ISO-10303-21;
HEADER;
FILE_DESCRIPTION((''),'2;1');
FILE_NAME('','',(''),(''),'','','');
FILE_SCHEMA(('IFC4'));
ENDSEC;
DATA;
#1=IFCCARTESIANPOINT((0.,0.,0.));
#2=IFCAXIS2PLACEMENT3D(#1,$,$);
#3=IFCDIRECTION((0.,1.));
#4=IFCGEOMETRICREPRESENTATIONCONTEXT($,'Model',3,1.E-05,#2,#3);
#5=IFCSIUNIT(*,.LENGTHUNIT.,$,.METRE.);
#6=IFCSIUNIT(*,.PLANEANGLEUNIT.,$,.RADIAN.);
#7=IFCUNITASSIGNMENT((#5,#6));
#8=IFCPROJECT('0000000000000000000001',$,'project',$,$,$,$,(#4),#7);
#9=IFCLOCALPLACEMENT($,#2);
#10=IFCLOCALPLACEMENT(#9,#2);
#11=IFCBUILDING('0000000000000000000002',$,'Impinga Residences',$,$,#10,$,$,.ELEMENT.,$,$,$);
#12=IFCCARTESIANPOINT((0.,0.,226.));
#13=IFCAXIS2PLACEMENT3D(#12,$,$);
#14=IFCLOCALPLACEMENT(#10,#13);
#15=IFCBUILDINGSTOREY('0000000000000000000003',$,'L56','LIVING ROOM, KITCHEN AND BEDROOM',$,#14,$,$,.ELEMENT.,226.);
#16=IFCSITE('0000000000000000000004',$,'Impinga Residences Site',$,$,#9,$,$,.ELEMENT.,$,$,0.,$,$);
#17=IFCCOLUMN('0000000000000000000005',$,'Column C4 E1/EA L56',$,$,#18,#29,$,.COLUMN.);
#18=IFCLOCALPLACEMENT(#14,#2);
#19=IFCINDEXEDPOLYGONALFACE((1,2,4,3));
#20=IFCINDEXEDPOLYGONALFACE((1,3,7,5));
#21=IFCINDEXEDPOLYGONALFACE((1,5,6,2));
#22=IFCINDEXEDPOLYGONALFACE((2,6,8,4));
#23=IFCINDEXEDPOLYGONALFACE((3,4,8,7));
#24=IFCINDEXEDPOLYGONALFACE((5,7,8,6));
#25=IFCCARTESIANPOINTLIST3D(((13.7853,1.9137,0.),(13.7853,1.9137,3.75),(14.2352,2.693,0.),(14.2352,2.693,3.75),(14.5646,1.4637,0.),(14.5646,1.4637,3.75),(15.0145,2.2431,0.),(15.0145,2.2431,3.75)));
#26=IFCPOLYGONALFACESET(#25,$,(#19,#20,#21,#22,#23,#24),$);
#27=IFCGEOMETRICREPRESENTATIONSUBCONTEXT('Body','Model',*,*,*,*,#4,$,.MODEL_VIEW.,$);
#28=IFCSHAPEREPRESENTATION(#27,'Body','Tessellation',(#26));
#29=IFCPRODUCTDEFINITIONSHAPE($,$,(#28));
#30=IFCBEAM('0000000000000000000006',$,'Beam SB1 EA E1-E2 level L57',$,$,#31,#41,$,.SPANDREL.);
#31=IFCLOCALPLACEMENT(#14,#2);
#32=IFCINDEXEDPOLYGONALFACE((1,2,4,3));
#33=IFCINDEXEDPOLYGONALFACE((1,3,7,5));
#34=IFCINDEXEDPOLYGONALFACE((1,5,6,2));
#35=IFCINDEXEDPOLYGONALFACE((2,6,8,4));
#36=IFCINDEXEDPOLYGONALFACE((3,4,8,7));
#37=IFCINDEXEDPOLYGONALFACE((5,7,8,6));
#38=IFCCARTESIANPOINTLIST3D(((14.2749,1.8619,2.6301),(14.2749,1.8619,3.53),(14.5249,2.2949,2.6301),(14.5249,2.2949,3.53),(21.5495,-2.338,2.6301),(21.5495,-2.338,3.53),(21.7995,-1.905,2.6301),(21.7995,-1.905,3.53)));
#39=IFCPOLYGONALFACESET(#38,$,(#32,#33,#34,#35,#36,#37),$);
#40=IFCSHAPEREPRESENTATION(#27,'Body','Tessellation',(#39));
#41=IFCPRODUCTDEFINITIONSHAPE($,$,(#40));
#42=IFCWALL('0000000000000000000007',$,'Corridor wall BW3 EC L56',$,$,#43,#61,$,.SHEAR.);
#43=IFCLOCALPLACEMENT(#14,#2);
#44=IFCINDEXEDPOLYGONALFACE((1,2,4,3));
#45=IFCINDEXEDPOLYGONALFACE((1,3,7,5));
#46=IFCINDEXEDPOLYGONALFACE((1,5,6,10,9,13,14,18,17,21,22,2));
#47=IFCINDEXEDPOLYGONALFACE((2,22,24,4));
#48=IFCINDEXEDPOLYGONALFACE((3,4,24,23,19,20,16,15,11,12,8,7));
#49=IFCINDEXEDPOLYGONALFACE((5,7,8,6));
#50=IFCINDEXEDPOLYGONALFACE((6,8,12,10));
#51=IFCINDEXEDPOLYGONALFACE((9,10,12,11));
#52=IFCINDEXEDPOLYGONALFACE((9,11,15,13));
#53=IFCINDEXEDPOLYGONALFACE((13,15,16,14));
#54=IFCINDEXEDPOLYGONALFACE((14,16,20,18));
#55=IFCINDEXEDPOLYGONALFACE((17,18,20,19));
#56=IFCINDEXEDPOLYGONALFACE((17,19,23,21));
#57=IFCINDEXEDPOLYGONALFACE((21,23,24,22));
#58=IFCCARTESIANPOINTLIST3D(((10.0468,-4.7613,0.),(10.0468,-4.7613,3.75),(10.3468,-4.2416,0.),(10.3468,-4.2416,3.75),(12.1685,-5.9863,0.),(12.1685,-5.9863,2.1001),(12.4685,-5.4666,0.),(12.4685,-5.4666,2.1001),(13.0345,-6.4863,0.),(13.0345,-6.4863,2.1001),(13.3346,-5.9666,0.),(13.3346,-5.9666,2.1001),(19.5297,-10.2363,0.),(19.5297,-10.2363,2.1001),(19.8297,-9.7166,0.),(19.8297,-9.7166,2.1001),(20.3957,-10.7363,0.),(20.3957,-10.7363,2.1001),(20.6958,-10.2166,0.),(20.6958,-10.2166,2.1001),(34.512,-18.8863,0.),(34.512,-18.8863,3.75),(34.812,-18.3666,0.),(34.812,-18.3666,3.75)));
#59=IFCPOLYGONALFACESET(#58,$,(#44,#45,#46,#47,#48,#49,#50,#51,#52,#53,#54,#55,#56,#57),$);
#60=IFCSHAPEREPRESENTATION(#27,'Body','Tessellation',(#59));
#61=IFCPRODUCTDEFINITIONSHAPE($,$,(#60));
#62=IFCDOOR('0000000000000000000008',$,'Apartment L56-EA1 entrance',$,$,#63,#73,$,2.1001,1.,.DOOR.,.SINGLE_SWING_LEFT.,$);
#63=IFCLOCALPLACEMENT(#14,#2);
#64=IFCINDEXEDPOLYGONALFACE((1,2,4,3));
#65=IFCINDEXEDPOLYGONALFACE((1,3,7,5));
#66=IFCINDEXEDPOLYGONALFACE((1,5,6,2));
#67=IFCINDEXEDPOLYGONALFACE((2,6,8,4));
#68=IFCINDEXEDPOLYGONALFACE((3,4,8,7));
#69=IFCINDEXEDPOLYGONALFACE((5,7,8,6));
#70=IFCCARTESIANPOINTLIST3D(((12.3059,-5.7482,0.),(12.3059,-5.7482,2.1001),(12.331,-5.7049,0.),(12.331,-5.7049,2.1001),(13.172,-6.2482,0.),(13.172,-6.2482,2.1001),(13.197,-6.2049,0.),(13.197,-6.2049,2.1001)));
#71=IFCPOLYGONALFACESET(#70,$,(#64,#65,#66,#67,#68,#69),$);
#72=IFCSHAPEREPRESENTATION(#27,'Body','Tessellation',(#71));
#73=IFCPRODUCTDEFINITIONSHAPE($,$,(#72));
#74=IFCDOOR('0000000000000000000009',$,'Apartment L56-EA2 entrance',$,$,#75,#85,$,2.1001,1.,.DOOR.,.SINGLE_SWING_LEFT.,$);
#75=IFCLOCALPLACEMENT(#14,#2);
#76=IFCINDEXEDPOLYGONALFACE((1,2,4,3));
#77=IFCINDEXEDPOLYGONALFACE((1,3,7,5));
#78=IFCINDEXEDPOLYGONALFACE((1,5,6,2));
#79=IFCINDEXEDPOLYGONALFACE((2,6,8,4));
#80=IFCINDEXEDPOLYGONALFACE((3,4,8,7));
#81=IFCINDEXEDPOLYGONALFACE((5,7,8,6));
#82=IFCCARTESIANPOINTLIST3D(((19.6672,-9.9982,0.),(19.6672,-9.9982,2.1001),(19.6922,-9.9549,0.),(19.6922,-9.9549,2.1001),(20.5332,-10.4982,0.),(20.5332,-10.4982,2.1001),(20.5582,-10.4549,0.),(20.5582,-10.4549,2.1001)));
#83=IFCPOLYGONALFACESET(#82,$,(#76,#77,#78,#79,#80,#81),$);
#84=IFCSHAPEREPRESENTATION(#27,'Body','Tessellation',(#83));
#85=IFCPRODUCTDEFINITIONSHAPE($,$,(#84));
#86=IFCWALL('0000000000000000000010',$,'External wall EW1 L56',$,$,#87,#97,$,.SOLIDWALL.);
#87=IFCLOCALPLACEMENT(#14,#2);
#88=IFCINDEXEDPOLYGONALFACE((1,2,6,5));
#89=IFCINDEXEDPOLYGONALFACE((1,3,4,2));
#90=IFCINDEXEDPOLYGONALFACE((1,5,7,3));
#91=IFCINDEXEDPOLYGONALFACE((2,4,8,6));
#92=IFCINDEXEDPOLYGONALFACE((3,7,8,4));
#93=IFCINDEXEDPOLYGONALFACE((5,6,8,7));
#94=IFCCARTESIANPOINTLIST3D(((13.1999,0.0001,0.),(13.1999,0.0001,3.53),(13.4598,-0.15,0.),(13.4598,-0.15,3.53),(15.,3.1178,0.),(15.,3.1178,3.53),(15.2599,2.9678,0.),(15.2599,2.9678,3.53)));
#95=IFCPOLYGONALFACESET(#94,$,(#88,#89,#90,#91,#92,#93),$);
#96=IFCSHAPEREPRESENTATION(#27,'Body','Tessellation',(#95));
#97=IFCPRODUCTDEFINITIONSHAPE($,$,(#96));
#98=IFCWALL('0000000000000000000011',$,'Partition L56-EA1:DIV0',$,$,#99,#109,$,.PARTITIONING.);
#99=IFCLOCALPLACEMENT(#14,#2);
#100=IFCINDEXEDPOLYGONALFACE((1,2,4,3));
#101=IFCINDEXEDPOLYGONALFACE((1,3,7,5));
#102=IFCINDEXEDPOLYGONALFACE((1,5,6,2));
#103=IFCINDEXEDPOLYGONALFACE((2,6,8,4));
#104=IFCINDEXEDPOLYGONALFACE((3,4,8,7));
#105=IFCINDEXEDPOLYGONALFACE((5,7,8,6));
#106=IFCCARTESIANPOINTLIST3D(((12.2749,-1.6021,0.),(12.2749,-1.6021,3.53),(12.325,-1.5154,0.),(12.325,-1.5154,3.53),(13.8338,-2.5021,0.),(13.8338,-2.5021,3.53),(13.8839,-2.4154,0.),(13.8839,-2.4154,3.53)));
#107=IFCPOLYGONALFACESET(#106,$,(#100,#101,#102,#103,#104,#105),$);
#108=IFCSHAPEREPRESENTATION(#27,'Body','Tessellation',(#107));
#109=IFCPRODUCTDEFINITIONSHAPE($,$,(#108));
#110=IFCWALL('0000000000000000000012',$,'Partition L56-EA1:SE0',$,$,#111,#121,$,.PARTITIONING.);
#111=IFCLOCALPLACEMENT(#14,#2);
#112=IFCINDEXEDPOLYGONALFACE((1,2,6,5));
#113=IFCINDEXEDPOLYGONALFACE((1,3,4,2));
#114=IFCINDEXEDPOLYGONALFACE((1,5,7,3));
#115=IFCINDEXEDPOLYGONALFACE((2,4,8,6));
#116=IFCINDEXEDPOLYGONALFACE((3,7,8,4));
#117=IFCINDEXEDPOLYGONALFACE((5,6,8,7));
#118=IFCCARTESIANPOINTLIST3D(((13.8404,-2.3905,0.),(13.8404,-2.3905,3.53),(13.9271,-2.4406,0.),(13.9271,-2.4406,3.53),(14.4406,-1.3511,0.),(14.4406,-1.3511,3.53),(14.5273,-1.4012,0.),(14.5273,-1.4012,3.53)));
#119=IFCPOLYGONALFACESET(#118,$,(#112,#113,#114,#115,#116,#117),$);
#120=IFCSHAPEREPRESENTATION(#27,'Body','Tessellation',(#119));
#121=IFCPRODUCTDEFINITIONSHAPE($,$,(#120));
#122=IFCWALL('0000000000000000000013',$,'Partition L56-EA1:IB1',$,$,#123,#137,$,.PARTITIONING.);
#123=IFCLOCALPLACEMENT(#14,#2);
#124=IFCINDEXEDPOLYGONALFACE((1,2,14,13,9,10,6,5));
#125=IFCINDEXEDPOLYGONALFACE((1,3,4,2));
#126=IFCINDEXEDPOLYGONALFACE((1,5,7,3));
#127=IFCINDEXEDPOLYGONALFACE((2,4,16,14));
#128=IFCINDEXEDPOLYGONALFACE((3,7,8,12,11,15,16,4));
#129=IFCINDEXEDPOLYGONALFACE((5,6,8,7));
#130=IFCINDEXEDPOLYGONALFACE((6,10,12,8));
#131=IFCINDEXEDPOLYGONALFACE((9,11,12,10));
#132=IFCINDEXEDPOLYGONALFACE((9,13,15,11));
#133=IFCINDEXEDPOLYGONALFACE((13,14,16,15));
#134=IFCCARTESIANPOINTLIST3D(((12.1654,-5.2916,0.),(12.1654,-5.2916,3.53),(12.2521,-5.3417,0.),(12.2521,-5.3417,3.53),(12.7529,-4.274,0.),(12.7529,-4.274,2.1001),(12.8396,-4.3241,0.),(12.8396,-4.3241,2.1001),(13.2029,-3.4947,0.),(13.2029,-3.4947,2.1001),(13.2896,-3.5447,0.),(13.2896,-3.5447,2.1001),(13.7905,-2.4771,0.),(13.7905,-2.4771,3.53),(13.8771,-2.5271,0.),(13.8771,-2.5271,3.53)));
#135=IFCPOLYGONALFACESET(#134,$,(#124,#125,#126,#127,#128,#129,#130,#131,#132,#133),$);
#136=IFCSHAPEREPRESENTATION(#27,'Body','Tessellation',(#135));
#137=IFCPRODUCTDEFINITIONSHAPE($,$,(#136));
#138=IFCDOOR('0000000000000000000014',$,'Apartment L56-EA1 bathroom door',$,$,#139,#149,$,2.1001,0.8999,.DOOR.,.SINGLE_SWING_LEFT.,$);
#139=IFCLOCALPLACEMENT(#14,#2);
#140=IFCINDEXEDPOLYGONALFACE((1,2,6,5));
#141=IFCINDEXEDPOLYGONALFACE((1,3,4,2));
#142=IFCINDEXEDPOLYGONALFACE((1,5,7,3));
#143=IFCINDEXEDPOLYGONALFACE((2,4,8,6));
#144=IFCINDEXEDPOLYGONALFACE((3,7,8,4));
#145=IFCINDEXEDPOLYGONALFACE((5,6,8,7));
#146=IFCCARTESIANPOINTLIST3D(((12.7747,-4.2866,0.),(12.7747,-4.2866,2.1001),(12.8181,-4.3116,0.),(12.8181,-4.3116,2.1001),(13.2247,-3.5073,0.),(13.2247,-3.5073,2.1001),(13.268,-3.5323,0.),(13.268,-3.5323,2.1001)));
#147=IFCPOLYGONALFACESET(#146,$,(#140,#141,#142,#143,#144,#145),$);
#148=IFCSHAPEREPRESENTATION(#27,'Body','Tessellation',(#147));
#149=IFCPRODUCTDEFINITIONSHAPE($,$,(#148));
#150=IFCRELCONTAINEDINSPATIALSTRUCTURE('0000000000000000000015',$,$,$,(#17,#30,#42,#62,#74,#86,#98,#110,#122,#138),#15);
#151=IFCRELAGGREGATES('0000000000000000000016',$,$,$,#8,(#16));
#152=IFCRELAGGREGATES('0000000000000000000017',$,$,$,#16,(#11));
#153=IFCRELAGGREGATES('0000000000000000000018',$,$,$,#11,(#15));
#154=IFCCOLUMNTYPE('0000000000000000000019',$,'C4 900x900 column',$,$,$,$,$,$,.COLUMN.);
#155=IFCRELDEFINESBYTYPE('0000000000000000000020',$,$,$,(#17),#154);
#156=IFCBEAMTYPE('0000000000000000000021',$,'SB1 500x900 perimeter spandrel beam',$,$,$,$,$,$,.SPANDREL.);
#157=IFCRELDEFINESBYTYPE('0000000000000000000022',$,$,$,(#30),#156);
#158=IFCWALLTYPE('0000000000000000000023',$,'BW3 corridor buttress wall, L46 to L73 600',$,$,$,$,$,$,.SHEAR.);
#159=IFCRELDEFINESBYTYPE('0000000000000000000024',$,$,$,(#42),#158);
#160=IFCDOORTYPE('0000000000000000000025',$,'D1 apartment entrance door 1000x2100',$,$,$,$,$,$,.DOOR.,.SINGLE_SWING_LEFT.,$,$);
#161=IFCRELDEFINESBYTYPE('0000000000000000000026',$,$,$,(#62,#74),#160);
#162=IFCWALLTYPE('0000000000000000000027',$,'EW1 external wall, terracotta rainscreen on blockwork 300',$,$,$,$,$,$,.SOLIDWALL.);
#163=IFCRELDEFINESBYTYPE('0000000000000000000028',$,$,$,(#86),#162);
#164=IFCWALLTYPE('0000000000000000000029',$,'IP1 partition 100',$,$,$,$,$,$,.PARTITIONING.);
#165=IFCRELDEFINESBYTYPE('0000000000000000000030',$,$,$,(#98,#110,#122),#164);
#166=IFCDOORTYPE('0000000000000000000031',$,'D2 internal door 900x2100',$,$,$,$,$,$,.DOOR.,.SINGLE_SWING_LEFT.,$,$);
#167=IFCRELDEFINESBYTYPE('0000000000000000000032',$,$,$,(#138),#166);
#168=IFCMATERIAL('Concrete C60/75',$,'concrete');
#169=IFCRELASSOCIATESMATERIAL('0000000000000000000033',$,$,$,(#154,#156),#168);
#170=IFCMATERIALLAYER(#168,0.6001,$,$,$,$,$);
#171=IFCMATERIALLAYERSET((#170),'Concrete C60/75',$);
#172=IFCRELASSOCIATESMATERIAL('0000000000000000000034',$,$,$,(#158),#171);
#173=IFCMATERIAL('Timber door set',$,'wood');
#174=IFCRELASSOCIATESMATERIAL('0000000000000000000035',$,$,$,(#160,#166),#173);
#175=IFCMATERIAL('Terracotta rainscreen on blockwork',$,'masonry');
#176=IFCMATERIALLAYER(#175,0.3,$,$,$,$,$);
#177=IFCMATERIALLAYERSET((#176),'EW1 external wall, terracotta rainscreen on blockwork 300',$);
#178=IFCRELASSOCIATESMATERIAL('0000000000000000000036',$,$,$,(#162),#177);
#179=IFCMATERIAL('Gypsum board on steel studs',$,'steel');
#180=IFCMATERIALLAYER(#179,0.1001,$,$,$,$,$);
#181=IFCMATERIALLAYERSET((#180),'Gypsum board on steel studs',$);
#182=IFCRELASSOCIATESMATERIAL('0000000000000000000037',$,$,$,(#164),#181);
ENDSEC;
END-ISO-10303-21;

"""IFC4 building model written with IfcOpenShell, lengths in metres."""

from ifc_helpers import new_model, si_unit, direction, frame, frame_2d, origin, origin_2d, place, context, subcontext, project, spatial, rectangle, extrude, material, layer, layer_set, material_profile, profile_set, type_object, element, fill, save


model = new_model("IFC4")

# Units and contexts
model_context = context("Model", 3, precision=1e-05, world=origin(), true_north=direction((0.0, 1.0)))
body_context = subcontext(model_context, "Body", "Model", "MODEL_VIEW")
ifc_project = project(units=[si_unit("LENGTHUNIT", "METRE"), si_unit("PLANEANGLEUNIT", "RADIAN")], contexts=[model_context])

# Site, building, storey
site_placement = place(None, origin())
site = spatial("IfcSite", under=ifc_project, at=site_placement, Name="Impinga Residences Site", CompositionType="ELEMENT", RefElevation=0.0)
building_placement = place(site_placement, origin())
building = spatial("IfcBuilding", under=site, at=building_placement, Name="Impinga Residences", CompositionType="ELEMENT")
storey_placement = place(building_placement, frame((0.0, 0.0, 226.0)))
storey = spatial("IfcBuildingStorey", under=building, at=storey_placement, Name="L56", Description="LIVING ROOM, KITCHEN AND BEDROOM", CompositionType="ELEMENT", Elevation=226.0)

# Column
ifc_material_1 = material(Name="Concrete C60/75", Category="concrete")
ifc_material_profile_1 = material_profile(ifc_material_1, rectangle(XDim=0.8999, YDim=0.8999, at=origin_2d()), Name="RC 900x900")
ifc_profile_set_1 = profile_set([ifc_material_profile_1], Name="Concrete C60/75")
column_type = type_object("IfcColumnType", Name="C4 900x900 column", PredefinedType="COLUMN", material=ifc_profile_set_1)
column_placement = place(storey_placement, frame((14.3999, 2.0784, 0.0), z_axis=(0.0, 0.0, 1.0), x_axis=(-0.5, -0.866025, 0.0)))
element("IfcColumn", 1, at=column_placement, inside=storey, type_object=column_type, Name="Column C4 E1/EA L56", PredefinedType="COLUMN", context=body_context, shape_type="SweptSolid", body=[
    extrude(rectangle(XDim=0.8999, YDim=0.8999, at=origin_2d()), origin(), (0.0, 0.0, 1.0), 3.75),
])

# Beam
ifc_material_profile_2 = material_profile(ifc_material_1, rectangle(XDim=0.5, YDim=0.8999, at=origin_2d()), Name="RC 500x900")
ifc_profile_set_2 = profile_set([ifc_material_profile_2], Name="Concrete C60/75")
beam_type = type_object("IfcBeamType", Name="SB1 500x900 perimeter spandrel beam", PredefinedType="SPANDREL", material=ifc_profile_set_2)
beam_placement = place(storey_placement, frame((14.3999, 2.0784, 3.0801), z_axis=(0.866029, -0.499993, 0.0), x_axis=(0.499993, 0.866029, 0.0)))
element("IfcBeam", 2, at=beam_placement, inside=storey, type_object=beam_type, Name="Beam SB1 EA E1-E2 level L57", PredefinedType="SPANDREL", context=body_context, shape_type="SweptSolid", body=[
    extrude(rectangle(XDim=0.5, YDim=0.8999, at=origin_2d()), origin(), (0.0, 0.0, 1.0), 8.3999),
])

# Wall, openings, doors
ifc_layer_1 = layer(ifc_material_1, 0.6001)
ifc_layer_set_1 = layer_set([ifc_layer_1], Name="Concrete C60/75")
wall_type_1 = type_object("IfcWallType", Name="BW3 corridor buttress wall, L46 to L73 600", PredefinedType="SHEAR", material=ifc_layer_set_1)
wall_1_placement = place(storey_placement, frame((10.1968, -4.5015, 0.0), z_axis=(0.0, 0.0, 1.0), x_axis=(0.866026, -0.499998, 0.0)))
wall_1 = element("IfcWall", 3, at=wall_1_placement, inside=storey, type_object=wall_type_1, Name="Corridor wall BW3 EC L56", PredefinedType="SHEAR", context=body_context, shape_type="SweptSolid", body=[
    extrude(rectangle(XDim=28.25, YDim=0.6001, at=frame_2d((14.125, 0.0))), origin(), (0.0, 0.0, 1.0), 3.75),
])
opening_1_placement = place(wall_1_placement, frame((2.45, 0.0, 0.0)))
opening_1 = element("IfcOpeningElement", 4, at=opening_1_placement, cuts=wall_1, PredefinedType="OPENING", context=body_context, shape_type="SweptSolid", body=[
    extrude(rectangle(XDim=1.0, YDim=2.1001, at=frame_2d((0.5, 1.05))), frame((0.0, 0.3101, 0.0), z_axis=(0.0, -1.0, 0.0), x_axis=(1.0, 0.0, 0.0)), (0.0, 0.0, 1.0), 0.6201),
])
opening_2_placement = place(wall_1_placement, frame((10.95, 0.0, 0.0)))
opening_2 = element("IfcOpeningElement", 5, at=opening_2_placement, cuts=wall_1, PredefinedType="OPENING", context=body_context, shape_type="SweptSolid", body=[
    extrude(rectangle(XDim=1.0, YDim=2.1001, at=frame_2d((0.5, 1.05))), frame((0.0, 0.3101, 0.0), z_axis=(0.0, -1.0, 0.0), x_axis=(1.0, 0.0, 0.0)), (0.0, 0.0, 1.0), 0.6201),
])
ifc_material_2 = material(Name="Timber door set", Category="wood")
door_type_1 = type_object("IfcDoorType", Name="D1 apartment entrance door 1000x2100", OperationType="SINGLE_SWING_LEFT", PredefinedType="DOOR", material=ifc_material_2)
door_1_placement = place(opening_1_placement, origin())
door_1 = element("IfcDoor", 6, at=door_1_placement, inside=storey, type_object=door_type_1, Name="Apartment L56-EA1 entrance", OperationType="SINGLE_SWING_LEFT", OverallHeight=2.1001, OverallWidth=1.0, PredefinedType="DOOR", context=body_context, shape_type="SweptSolid", body=[
    extrude(rectangle(XDim=1.0, YDim=2.1001, at=frame_2d((0.5, 1.05))), frame((0.0, 0.0249, 0.0), z_axis=(0.0, -1.0, 0.0), x_axis=(1.0, 0.0, 0.0)), (0.0, 0.0, 1.0), 0.05),
])
fill(opening_1, door_1)
door_2_placement = place(opening_2_placement, origin())
door_2 = element("IfcDoor", 7, at=door_2_placement, inside=storey, type_object=door_type_1, Name="Apartment L56-EA2 entrance", OperationType="SINGLE_SWING_LEFT", OverallHeight=2.1001, OverallWidth=1.0, PredefinedType="DOOR", context=body_context, shape_type="SweptSolid", body=[
    extrude(rectangle(XDim=1.0, YDim=2.1001, at=frame_2d((0.5, 1.05))), frame((0.0, 0.0249, 0.0), z_axis=(0.0, -1.0, 0.0), x_axis=(1.0, 0.0, 0.0)), (0.0, 0.0, 1.0), 0.05),
])
fill(opening_2, door_2)

# Walls
ifc_material_3 = material(Name="Terracotta rainscreen on blockwork", Category="masonry")
ifc_layer_2 = layer(ifc_material_3, 0.3)
ifc_layer_set_2 = layer_set([ifc_layer_2], Name="EW1 external wall, terracotta rainscreen on blockwork 300")
wall_type_2 = type_object("IfcWallType", Name="EW1 external wall, terracotta rainscreen on blockwork 300", PredefinedType="SOLIDWALL", material=ifc_layer_set_2)
wall_2_placement = place(storey_placement, frame((13.3298, -0.075, 0.0), z_axis=(0.0, 0.0, 1.0), x_axis=(0.500012, 0.866018, 0.0)))
element("IfcWall", 8, at=wall_2_placement, inside=storey, type_object=wall_type_2, Name="External wall EW1 L56", PredefinedType="SOLIDWALL", context=body_context, shape_type="SweptSolid", body=[
    extrude(rectangle(XDim=3.6001, YDim=0.3, at=frame_2d((1.8, 0.0))), origin(), (0.0, 0.0, 1.0), 3.53),
])
ifc_material_4 = material(Name="Gypsum board on steel studs", Category="steel")
ifc_layer_3 = layer(ifc_material_4, 0.1001)
ifc_layer_set_3 = layer_set([ifc_layer_3], Name="Gypsum board on steel studs")
wall_type_3 = type_object("IfcWallType", Name="IP1 partition 100", PredefinedType="PARTITIONING", material=ifc_layer_set_3)
wall_3_placement = place(storey_placement, frame((12.3, -1.5588, 0.0), z_axis=(0.0, 0.0, 1.0), x_axis=(0.866048, -0.499961, 0.0)))
element("IfcWall", 9, at=wall_3_placement, inside=storey, type_object=wall_type_3, Name="Partition L56-EA1:DIV0", PredefinedType="PARTITIONING", context=body_context, shape_type="SweptSolid", body=[
    extrude(rectangle(XDim=1.8, YDim=0.1001, at=frame_2d((0.8999, 0.0))), origin(), (0.0, 0.0, 1.0), 3.53),
])
wall_4_placement = place(storey_placement, frame((13.8838, -2.4155, 0.0), z_axis=(0.0, 0.0, 1.0), x_axis=(0.500034, 0.866006, 0.0)))
element("IfcWall", 10, at=wall_4_placement, inside=storey, type_object=wall_type_3, Name="Partition L56-EA1:SE0", PredefinedType="PARTITIONING", context=body_context, shape_type="SweptSolid", body=[
    extrude(rectangle(XDim=1.2002, YDim=0.1001, at=frame_2d((0.6001, 0.0))), origin(), (0.0, 0.0, 1.0), 3.53),
])

# Wall, opening, door
wall_5_placement = place(storey_placement, frame((12.2087, -5.3167, 0.0), z_axis=(0.0, 0.0, 1.0), x_axis=(0.500017, 0.866015, 0.0)))
wall_5 = element("IfcWall", 11, at=wall_5_placement, inside=storey, type_object=wall_type_3, Name="Partition L56-EA1:IB1", PredefinedType="PARTITIONING", context=body_context, shape_type="SweptSolid", body=[
    extrude(rectangle(XDim=3.25, YDim=0.1001, at=frame_2d((1.625, 0.0))), origin(), (0.0, 0.0, 1.0), 3.53),
])
opening_3_placement = place(wall_5_placement, frame((1.175, 0.0, 0.0)))
opening_3 = element("IfcOpeningElement", 12, at=opening_3_placement, cuts=wall_5, PredefinedType="OPENING", context=body_context, shape_type="SweptSolid", body=[
    extrude(rectangle(XDim=0.8999, YDim=2.1001, at=frame_2d((0.45, 1.05))), frame((0.0, 0.0601, 0.0), z_axis=(0.0, -1.0, 0.0), x_axis=(1.0, 0.0, 0.0)), (0.0, 0.0, 1.0), 0.1201),
])
door_type_2 = type_object("IfcDoorType", Name="D2 internal door 900x2100", OperationType="SINGLE_SWING_LEFT", PredefinedType="DOOR", material=ifc_material_2)
door_3_placement = place(opening_3_placement, origin())
door_3 = element("IfcDoor", 13, at=door_3_placement, inside=storey, type_object=door_type_2, Name="Apartment L56-EA1 bathroom door", OperationType="SINGLE_SWING_LEFT", OverallHeight=2.1001, OverallWidth=0.8999, PredefinedType="DOOR", context=body_context, shape_type="SweptSolid", body=[
    extrude(rectangle(XDim=0.8999, YDim=2.1001, at=frame_2d((0.45, 1.05))), frame((0.0, 0.0249, 0.0), z_axis=(0.0, -1.0, 0.0), x_axis=(1.0, 0.0, 0.0)), (0.0, 0.0, 1.0), 0.05),
])
fill(opening_3, door_3)

save(model, "model.ifc")
